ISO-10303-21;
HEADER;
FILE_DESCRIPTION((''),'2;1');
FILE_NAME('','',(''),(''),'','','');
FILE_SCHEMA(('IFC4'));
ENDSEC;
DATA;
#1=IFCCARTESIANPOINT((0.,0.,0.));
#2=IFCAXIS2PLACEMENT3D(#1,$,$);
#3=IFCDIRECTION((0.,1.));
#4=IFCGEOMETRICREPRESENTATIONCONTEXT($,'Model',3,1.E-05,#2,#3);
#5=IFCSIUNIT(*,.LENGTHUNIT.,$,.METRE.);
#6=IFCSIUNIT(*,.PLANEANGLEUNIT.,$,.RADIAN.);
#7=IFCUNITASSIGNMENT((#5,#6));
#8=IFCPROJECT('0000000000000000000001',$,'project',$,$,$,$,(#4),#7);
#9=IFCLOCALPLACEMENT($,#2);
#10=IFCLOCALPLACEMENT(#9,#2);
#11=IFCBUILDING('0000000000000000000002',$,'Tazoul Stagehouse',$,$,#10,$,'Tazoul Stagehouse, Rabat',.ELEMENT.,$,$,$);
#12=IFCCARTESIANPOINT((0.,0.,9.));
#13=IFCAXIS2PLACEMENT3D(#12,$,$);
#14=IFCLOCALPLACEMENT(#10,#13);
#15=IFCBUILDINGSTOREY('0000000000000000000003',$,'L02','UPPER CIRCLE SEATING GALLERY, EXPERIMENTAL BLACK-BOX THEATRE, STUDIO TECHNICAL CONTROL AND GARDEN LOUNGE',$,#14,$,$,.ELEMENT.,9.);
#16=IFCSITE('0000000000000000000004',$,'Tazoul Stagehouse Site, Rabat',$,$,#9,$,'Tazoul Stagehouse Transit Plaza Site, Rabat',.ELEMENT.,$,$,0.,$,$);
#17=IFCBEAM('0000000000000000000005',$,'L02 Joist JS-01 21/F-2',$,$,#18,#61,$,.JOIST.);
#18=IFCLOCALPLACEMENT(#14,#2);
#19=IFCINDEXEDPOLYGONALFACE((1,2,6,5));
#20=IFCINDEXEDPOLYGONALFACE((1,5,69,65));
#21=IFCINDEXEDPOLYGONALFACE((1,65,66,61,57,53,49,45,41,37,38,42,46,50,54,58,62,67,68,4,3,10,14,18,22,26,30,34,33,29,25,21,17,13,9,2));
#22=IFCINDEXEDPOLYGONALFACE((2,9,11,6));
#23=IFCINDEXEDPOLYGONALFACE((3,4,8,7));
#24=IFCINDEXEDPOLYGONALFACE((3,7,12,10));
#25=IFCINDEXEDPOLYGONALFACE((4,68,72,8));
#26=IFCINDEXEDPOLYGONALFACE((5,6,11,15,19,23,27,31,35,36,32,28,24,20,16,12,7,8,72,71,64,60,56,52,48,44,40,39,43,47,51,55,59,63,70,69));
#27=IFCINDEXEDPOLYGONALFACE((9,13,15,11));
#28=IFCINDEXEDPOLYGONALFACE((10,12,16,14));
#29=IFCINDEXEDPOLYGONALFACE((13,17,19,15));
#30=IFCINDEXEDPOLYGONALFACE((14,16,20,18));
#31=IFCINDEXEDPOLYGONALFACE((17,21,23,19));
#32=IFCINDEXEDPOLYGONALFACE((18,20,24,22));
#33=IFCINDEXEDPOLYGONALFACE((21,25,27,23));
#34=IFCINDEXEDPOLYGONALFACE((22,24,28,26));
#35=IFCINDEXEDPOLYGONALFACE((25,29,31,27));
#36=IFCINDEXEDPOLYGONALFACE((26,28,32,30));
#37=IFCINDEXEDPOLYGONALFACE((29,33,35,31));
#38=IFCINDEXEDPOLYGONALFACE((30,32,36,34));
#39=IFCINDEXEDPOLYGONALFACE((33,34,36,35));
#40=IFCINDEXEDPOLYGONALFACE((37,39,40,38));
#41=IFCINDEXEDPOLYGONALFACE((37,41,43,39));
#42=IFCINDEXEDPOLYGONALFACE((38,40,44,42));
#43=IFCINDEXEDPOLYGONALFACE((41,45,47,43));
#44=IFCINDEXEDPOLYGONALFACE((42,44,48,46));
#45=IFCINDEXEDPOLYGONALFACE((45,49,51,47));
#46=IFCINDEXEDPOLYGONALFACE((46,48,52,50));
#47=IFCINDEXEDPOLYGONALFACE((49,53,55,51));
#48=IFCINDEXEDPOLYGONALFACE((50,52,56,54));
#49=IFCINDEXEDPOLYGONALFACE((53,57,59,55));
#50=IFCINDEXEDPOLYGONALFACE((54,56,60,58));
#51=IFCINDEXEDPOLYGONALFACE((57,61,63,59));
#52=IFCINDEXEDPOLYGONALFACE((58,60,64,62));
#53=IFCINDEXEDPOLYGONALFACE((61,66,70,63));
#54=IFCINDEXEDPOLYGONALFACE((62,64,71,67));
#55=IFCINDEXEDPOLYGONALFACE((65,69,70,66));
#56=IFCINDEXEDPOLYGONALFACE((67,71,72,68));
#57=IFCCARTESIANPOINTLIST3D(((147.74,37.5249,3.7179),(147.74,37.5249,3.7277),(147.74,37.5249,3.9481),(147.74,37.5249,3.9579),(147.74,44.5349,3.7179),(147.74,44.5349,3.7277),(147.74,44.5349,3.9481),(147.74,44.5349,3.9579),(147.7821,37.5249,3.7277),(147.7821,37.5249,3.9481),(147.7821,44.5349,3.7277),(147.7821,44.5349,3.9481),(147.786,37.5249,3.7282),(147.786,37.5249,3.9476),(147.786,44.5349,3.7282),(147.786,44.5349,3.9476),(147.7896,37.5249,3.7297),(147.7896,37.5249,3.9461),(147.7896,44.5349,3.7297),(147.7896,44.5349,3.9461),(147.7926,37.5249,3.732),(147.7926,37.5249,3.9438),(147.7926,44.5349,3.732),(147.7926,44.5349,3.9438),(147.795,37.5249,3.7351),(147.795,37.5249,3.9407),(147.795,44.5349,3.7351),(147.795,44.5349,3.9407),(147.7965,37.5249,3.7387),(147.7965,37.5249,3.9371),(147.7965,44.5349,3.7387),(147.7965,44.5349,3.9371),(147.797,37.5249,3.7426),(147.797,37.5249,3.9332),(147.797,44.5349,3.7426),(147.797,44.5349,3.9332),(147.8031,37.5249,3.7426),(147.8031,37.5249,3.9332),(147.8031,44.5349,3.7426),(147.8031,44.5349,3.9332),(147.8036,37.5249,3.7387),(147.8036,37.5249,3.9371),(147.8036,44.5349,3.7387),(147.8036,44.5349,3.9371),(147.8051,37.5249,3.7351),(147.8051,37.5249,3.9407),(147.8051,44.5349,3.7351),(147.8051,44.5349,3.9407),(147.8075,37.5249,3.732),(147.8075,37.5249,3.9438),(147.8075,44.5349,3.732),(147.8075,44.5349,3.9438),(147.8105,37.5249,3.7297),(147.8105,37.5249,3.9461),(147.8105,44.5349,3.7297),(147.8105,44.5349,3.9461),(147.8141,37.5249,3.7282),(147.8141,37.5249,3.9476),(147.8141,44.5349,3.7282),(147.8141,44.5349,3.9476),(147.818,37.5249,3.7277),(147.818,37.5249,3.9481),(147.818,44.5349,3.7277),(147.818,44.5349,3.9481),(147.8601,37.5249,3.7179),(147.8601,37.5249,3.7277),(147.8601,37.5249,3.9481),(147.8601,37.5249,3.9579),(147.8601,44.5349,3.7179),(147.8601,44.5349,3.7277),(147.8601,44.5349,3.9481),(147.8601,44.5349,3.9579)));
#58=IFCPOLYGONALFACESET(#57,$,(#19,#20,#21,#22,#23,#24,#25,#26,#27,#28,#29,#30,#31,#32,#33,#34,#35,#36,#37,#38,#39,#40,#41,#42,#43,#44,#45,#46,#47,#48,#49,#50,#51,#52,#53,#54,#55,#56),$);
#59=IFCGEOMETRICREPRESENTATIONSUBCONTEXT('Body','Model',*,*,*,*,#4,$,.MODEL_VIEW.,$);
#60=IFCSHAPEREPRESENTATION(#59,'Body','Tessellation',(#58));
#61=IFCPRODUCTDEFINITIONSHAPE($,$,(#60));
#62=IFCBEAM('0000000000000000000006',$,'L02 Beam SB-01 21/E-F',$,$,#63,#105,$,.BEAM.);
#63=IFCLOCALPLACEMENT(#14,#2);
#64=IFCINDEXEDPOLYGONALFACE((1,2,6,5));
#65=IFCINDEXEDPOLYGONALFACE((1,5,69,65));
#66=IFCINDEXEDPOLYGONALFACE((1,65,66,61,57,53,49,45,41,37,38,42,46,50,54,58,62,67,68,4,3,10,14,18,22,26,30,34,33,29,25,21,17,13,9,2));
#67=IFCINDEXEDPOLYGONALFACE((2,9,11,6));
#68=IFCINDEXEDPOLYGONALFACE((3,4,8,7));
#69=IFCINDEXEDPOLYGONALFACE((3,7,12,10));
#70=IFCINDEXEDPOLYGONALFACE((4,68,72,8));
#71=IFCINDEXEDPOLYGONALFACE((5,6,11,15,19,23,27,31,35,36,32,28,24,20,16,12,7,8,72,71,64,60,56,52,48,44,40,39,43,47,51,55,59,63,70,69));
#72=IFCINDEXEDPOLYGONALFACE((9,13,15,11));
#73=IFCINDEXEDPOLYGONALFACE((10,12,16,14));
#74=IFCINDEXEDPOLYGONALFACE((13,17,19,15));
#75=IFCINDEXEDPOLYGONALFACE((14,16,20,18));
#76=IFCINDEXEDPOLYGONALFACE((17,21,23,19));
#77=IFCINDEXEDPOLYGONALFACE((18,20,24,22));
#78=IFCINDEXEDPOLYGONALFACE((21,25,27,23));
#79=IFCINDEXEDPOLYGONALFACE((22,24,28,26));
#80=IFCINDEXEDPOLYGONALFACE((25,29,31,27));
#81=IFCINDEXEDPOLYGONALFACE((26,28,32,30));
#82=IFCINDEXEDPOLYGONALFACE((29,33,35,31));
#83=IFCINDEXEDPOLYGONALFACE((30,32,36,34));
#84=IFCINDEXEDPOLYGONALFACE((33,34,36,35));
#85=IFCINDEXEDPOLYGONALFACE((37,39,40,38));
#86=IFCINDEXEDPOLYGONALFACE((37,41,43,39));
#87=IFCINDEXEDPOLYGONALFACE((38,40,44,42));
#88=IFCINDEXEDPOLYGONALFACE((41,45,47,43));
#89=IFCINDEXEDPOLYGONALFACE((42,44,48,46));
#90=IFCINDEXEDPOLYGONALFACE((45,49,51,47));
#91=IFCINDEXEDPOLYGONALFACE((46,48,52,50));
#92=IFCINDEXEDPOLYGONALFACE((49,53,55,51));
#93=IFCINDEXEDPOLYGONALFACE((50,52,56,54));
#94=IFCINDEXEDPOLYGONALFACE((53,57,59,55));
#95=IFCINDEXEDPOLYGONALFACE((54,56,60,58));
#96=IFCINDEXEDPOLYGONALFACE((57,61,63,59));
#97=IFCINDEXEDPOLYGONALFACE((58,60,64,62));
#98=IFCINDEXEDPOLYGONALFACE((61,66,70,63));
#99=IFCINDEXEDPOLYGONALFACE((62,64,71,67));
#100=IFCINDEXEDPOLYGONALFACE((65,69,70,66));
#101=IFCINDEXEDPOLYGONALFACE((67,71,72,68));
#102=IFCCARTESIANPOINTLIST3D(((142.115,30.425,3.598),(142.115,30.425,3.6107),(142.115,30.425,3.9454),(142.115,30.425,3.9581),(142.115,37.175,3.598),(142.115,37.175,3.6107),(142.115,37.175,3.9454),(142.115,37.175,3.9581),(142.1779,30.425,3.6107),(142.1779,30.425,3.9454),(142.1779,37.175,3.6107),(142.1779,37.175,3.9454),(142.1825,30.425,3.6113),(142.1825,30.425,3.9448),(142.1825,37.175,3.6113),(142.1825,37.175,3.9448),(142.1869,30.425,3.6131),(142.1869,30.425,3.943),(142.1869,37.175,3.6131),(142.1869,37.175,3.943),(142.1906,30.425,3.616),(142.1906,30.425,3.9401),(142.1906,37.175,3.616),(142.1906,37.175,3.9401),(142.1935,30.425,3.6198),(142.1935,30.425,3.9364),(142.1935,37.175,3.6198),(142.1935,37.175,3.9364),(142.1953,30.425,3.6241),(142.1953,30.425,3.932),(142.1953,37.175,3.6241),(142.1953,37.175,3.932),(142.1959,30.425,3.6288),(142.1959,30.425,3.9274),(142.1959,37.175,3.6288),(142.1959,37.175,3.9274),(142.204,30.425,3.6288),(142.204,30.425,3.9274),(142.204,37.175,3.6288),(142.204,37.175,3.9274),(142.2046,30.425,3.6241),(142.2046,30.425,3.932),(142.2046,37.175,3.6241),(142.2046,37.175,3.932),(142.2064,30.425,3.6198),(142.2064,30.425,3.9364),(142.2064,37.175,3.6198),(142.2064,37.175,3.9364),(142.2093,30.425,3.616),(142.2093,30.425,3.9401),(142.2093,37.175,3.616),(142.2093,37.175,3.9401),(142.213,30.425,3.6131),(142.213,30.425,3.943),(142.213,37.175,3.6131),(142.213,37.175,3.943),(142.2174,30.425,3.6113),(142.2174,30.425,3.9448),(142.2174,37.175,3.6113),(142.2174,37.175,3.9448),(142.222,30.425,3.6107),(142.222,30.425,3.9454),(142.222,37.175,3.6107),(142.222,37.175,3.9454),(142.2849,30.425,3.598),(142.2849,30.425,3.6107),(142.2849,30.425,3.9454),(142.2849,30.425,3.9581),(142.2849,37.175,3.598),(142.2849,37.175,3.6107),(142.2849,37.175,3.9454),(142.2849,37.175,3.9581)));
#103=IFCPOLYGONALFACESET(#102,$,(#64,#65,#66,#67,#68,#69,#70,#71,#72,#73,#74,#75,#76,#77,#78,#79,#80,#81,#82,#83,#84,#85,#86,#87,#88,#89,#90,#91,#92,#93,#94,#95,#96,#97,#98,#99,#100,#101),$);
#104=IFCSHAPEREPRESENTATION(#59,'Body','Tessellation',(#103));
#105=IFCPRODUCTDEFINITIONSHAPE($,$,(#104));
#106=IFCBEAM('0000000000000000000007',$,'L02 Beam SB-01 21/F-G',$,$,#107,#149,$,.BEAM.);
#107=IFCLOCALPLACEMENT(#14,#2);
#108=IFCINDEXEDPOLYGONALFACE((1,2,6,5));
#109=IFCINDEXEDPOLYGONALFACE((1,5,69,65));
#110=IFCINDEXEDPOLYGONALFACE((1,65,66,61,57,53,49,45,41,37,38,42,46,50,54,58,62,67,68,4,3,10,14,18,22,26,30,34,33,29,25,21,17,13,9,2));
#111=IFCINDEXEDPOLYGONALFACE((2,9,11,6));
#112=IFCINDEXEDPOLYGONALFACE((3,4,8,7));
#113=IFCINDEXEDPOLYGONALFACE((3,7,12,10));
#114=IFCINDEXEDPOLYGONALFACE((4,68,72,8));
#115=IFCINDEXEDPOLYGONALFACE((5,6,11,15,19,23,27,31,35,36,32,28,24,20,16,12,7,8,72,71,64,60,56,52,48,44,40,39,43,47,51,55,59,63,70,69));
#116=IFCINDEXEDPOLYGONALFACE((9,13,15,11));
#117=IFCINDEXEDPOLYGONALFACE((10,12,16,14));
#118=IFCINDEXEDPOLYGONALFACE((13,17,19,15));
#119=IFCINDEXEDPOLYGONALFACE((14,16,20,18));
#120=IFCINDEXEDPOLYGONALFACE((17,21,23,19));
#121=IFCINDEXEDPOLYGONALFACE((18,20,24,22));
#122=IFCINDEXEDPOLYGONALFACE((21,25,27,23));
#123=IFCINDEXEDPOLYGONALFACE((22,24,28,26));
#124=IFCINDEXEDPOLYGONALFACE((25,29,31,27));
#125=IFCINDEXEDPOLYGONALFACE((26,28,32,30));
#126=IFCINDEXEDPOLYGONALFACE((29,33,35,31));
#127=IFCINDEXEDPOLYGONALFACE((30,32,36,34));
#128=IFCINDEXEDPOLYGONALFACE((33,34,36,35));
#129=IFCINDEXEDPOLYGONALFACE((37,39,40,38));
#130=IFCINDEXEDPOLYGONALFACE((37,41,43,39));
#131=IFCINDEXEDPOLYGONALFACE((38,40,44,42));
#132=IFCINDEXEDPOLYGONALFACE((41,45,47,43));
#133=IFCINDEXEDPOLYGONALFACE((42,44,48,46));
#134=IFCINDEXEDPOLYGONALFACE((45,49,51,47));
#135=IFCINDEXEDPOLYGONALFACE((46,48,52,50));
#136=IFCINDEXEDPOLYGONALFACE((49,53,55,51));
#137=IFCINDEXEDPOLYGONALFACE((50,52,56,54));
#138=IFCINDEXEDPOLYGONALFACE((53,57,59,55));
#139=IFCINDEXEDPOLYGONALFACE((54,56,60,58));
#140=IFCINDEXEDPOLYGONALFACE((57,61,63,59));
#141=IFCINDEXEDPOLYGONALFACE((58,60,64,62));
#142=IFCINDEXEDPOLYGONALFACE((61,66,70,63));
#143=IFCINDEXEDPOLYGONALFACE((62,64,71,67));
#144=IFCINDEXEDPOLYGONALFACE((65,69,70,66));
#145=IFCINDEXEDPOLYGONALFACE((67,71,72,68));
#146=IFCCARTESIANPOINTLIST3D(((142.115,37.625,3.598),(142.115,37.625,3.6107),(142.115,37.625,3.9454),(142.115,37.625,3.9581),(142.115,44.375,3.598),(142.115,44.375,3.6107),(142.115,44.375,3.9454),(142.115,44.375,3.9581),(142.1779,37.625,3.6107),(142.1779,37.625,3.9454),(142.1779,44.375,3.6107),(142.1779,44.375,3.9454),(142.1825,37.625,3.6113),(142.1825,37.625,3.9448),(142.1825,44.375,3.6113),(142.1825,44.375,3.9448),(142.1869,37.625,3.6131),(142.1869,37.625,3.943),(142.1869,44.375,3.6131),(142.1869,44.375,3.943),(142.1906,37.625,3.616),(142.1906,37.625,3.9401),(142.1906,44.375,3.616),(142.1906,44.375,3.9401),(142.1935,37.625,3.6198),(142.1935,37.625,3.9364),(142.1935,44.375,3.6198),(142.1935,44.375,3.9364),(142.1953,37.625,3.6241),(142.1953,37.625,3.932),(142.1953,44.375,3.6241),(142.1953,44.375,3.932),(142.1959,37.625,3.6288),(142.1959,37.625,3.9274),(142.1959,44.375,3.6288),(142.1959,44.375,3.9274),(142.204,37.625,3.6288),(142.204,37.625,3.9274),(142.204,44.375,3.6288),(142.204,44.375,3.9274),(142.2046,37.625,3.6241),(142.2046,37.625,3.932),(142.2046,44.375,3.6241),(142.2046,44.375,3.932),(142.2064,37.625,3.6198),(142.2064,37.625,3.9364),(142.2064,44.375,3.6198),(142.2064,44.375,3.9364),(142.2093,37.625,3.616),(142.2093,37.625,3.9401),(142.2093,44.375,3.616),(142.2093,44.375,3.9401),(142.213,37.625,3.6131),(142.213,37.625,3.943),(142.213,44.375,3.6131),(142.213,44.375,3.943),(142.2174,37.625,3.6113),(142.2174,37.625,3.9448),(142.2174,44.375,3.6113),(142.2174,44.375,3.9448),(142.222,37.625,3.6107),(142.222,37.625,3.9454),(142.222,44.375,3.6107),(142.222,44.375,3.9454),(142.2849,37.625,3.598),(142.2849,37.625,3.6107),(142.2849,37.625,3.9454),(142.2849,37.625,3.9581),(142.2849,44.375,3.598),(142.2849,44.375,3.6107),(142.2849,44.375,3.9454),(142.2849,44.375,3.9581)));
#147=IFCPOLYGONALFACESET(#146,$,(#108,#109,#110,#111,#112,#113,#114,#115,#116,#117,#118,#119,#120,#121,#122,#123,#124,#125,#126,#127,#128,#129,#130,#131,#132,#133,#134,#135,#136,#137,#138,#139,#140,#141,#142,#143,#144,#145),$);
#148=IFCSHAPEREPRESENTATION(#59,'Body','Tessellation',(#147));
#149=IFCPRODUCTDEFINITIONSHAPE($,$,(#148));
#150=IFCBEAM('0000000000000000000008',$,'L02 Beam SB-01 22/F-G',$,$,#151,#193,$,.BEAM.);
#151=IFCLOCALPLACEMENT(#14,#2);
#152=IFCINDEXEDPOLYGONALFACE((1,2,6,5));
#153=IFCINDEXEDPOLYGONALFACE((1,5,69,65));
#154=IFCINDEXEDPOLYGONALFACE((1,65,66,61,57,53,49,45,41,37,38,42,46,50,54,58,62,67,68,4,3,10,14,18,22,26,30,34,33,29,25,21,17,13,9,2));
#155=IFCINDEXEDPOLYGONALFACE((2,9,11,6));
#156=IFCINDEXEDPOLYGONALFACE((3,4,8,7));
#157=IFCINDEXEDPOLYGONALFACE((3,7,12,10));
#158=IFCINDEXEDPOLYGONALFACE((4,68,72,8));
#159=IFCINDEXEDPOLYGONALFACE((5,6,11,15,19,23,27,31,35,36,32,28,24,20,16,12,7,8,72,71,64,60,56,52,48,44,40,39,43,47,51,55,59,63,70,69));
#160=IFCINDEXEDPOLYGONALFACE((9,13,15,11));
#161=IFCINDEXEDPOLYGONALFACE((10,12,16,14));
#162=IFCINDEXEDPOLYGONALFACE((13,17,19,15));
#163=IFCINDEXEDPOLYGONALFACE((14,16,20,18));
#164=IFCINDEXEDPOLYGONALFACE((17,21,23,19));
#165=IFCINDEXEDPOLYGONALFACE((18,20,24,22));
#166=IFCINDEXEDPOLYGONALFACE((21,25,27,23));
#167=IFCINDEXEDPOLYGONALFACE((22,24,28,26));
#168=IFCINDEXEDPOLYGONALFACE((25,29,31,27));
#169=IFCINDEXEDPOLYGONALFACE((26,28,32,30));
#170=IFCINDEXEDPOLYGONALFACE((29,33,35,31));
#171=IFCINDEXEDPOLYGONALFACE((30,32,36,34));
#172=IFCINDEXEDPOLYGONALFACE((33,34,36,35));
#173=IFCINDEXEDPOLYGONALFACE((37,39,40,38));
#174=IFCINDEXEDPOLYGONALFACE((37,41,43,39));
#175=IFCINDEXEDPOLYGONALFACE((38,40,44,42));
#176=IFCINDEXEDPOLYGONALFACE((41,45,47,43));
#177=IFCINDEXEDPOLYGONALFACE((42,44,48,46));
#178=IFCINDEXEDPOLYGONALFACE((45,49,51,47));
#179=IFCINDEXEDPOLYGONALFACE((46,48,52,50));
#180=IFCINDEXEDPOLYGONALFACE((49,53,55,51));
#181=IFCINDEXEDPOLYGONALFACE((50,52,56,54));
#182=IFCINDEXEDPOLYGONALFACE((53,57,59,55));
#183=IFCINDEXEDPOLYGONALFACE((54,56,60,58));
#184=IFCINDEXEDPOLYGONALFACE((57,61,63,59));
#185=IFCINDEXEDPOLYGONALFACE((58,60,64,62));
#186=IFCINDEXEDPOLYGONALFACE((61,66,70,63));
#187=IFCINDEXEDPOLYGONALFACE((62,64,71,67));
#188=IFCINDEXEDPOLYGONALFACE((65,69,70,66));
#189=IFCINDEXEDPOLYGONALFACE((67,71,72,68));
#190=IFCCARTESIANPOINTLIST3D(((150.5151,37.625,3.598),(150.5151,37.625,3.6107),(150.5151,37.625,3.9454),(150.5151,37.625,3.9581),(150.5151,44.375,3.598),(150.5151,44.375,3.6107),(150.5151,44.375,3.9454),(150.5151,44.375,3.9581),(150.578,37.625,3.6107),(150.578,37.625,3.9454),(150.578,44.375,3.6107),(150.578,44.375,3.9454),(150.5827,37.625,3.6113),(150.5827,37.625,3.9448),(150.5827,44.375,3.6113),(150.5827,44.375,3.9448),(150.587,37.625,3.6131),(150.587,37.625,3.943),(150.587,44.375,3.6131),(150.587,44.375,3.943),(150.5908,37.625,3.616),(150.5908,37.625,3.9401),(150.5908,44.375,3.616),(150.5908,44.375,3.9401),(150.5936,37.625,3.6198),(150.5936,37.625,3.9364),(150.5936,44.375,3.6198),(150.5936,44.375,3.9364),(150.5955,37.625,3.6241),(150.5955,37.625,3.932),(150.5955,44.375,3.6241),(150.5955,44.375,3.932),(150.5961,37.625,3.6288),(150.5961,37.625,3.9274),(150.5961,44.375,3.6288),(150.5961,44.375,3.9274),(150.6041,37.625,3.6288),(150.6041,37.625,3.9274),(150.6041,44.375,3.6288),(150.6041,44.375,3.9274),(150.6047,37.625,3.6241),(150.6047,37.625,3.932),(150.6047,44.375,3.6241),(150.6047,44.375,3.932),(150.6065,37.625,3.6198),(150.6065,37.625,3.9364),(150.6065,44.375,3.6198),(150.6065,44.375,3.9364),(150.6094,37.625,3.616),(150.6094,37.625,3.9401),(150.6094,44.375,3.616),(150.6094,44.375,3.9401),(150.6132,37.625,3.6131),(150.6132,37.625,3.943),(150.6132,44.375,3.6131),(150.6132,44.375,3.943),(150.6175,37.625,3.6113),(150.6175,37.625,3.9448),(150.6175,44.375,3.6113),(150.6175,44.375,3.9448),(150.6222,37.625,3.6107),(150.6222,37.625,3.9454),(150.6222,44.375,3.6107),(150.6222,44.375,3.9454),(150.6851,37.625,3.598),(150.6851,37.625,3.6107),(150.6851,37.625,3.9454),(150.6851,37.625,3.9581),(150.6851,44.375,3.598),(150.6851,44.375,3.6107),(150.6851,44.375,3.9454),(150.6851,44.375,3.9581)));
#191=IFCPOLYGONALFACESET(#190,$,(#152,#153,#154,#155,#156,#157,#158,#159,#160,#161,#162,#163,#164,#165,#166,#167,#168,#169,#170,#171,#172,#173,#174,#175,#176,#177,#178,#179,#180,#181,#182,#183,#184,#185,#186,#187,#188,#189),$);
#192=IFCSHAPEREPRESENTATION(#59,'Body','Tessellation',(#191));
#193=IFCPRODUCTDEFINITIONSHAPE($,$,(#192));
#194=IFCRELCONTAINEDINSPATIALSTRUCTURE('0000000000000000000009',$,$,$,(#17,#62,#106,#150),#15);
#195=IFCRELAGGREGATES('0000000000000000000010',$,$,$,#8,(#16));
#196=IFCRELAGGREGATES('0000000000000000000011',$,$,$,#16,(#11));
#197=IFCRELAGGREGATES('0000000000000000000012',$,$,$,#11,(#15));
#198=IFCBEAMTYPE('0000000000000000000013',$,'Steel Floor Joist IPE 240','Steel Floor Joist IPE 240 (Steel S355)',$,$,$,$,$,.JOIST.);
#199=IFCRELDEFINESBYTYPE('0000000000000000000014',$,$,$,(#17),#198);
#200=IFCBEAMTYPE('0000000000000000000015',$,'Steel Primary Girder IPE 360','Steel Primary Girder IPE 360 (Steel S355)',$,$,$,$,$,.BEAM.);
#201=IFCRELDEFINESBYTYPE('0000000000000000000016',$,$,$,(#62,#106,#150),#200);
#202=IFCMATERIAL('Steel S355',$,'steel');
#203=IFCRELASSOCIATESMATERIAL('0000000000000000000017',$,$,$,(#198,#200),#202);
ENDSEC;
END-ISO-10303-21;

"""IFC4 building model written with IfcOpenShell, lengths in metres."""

from ifc_helpers import new_model, si_unit, direction, frame, origin, origin_2d, place, context, subcontext, project, spatial, i_section, extrude, material, material_profile, profile_set, type_object, element, save


model = new_model("IFC4")

# Units and contexts
model_context = context("Model", 3, precision=1e-05, world=origin(), true_north=direction((0.0, 1.0)))
body_context = subcontext(model_context, "Body", "Model", "MODEL_VIEW")
ifc_project = project(units=[si_unit("LENGTHUNIT", "METRE"), si_unit("PLANEANGLEUNIT", "RADIAN")], contexts=[model_context])

# Site, building, storey
site_placement = place(None, origin())
site = spatial("IfcSite", under=ifc_project, at=site_placement, Name="Tazoul Stagehouse Site, Rabat", LongName="Tazoul Stagehouse Transit Plaza Site, Rabat", CompositionType="ELEMENT", RefElevation=0.0)
building_placement = place(site_placement, origin())
building = spatial("IfcBuilding", under=site, at=building_placement, Name="Tazoul Stagehouse", LongName="Tazoul Stagehouse, Rabat", CompositionType="ELEMENT")
storey_placement = place(building_placement, frame((0.0, 0.0, 9.0)))
storey = spatial("IfcBuildingStorey", under=building, at=storey_placement, Name="L02", Description="UPPER CIRCLE SEATING GALLERY, EXPERIMENTAL BLACK-BOX THEATRE, STUDIO TECHNICAL CONTROL AND GARDEN LOUNGE", CompositionType="ELEMENT", Elevation=9.0)

# Beams
ifc_material_1 = material(Name="Steel S355", Category="steel")
ifc_material_profile_1 = material_profile(ifc_material_1, i_section(OverallWidth=0.1201, OverallDepth=0.24, WebThickness=0.0061, FlangeThickness=0.0098, FilletRadius=0.0149, at=origin_2d()), Name="IPE 240")
ifc_profile_set_1 = profile_set([ifc_material_profile_1], Name="Steel S355")
beam_type_1 = type_object("IfcBeamType", Name="Steel Floor Joist IPE 240", Description="Steel Floor Joist IPE 240 (Steel S355)", PredefinedType="JOIST", material=ifc_profile_set_1)
for number, where, z_axis, x_axis, name in (
    (1, (147.8, 37.5249, 3.8379), (0.0, 1.0, 0.0), (-1.0, 0.0, 0.0), "L02 Joist JS-01 21/F-2"),
):
    element("IfcBeam", number, at=place(storey_placement, frame(where, z_axis=z_axis, x_axis=x_axis)), inside=storey, type_object=beam_type_1, Name=name, PredefinedType="JOIST", context=body_context, shape_type="SweptSolid", body=[
        extrude(i_section(OverallWidth=0.1201, OverallDepth=0.24, WebThickness=0.0061, FlangeThickness=0.0098, FilletRadius=0.0149, at=origin_2d()), origin(), (0.0, 0.0, 1.0), 7.01),
    ])
ifc_material_profile_2 = material_profile(ifc_material_1, i_section(OverallWidth=0.1699, OverallDepth=0.3601, WebThickness=0.0081, FlangeThickness=0.0127, FilletRadius=0.0181, at=origin_2d()), Name="IPE 360")
ifc_profile_set_2 = profile_set([ifc_material_profile_2], Name="Steel S355")
beam_type_2 = type_object("IfcBeamType", Name="Steel Primary Girder IPE 360", Description="Steel Primary Girder IPE 360 (Steel S355)", PredefinedType="BEAM", material=ifc_profile_set_2)
for number, where, z_axis, x_axis, name in (
    (2, (142.2, 30.425, 3.7781), (0.0, 1.0, 0.0), (-1.0, 0.0, 0.0), "L02 Beam SB-01 21/E-F"),
    (3, (142.2, 37.625, 3.7781), (0.0, 1.0, 0.0), (-1.0, 0.0, 0.0), "L02 Beam SB-01 21/F-G"),
    (4, (150.6001, 37.625, 3.7781), (0.0, 1.0, 0.0), (-1.0, 0.0, 0.0), "L02 Beam SB-01 22/F-G"),
):
    element("IfcBeam", number, at=place(storey_placement, frame(where, z_axis=z_axis, x_axis=x_axis)), inside=storey, type_object=beam_type_2, Name=name, PredefinedType="BEAM", context=body_context, shape_type="SweptSolid", body=[
        extrude(i_section(OverallWidth=0.1699, OverallDepth=0.3601, WebThickness=0.0081, FlangeThickness=0.0127, FilletRadius=0.0181, at=origin_2d()), origin(), (0.0, 0.0, 1.0), 6.75),
    ])

save(model, "model.ifc")
